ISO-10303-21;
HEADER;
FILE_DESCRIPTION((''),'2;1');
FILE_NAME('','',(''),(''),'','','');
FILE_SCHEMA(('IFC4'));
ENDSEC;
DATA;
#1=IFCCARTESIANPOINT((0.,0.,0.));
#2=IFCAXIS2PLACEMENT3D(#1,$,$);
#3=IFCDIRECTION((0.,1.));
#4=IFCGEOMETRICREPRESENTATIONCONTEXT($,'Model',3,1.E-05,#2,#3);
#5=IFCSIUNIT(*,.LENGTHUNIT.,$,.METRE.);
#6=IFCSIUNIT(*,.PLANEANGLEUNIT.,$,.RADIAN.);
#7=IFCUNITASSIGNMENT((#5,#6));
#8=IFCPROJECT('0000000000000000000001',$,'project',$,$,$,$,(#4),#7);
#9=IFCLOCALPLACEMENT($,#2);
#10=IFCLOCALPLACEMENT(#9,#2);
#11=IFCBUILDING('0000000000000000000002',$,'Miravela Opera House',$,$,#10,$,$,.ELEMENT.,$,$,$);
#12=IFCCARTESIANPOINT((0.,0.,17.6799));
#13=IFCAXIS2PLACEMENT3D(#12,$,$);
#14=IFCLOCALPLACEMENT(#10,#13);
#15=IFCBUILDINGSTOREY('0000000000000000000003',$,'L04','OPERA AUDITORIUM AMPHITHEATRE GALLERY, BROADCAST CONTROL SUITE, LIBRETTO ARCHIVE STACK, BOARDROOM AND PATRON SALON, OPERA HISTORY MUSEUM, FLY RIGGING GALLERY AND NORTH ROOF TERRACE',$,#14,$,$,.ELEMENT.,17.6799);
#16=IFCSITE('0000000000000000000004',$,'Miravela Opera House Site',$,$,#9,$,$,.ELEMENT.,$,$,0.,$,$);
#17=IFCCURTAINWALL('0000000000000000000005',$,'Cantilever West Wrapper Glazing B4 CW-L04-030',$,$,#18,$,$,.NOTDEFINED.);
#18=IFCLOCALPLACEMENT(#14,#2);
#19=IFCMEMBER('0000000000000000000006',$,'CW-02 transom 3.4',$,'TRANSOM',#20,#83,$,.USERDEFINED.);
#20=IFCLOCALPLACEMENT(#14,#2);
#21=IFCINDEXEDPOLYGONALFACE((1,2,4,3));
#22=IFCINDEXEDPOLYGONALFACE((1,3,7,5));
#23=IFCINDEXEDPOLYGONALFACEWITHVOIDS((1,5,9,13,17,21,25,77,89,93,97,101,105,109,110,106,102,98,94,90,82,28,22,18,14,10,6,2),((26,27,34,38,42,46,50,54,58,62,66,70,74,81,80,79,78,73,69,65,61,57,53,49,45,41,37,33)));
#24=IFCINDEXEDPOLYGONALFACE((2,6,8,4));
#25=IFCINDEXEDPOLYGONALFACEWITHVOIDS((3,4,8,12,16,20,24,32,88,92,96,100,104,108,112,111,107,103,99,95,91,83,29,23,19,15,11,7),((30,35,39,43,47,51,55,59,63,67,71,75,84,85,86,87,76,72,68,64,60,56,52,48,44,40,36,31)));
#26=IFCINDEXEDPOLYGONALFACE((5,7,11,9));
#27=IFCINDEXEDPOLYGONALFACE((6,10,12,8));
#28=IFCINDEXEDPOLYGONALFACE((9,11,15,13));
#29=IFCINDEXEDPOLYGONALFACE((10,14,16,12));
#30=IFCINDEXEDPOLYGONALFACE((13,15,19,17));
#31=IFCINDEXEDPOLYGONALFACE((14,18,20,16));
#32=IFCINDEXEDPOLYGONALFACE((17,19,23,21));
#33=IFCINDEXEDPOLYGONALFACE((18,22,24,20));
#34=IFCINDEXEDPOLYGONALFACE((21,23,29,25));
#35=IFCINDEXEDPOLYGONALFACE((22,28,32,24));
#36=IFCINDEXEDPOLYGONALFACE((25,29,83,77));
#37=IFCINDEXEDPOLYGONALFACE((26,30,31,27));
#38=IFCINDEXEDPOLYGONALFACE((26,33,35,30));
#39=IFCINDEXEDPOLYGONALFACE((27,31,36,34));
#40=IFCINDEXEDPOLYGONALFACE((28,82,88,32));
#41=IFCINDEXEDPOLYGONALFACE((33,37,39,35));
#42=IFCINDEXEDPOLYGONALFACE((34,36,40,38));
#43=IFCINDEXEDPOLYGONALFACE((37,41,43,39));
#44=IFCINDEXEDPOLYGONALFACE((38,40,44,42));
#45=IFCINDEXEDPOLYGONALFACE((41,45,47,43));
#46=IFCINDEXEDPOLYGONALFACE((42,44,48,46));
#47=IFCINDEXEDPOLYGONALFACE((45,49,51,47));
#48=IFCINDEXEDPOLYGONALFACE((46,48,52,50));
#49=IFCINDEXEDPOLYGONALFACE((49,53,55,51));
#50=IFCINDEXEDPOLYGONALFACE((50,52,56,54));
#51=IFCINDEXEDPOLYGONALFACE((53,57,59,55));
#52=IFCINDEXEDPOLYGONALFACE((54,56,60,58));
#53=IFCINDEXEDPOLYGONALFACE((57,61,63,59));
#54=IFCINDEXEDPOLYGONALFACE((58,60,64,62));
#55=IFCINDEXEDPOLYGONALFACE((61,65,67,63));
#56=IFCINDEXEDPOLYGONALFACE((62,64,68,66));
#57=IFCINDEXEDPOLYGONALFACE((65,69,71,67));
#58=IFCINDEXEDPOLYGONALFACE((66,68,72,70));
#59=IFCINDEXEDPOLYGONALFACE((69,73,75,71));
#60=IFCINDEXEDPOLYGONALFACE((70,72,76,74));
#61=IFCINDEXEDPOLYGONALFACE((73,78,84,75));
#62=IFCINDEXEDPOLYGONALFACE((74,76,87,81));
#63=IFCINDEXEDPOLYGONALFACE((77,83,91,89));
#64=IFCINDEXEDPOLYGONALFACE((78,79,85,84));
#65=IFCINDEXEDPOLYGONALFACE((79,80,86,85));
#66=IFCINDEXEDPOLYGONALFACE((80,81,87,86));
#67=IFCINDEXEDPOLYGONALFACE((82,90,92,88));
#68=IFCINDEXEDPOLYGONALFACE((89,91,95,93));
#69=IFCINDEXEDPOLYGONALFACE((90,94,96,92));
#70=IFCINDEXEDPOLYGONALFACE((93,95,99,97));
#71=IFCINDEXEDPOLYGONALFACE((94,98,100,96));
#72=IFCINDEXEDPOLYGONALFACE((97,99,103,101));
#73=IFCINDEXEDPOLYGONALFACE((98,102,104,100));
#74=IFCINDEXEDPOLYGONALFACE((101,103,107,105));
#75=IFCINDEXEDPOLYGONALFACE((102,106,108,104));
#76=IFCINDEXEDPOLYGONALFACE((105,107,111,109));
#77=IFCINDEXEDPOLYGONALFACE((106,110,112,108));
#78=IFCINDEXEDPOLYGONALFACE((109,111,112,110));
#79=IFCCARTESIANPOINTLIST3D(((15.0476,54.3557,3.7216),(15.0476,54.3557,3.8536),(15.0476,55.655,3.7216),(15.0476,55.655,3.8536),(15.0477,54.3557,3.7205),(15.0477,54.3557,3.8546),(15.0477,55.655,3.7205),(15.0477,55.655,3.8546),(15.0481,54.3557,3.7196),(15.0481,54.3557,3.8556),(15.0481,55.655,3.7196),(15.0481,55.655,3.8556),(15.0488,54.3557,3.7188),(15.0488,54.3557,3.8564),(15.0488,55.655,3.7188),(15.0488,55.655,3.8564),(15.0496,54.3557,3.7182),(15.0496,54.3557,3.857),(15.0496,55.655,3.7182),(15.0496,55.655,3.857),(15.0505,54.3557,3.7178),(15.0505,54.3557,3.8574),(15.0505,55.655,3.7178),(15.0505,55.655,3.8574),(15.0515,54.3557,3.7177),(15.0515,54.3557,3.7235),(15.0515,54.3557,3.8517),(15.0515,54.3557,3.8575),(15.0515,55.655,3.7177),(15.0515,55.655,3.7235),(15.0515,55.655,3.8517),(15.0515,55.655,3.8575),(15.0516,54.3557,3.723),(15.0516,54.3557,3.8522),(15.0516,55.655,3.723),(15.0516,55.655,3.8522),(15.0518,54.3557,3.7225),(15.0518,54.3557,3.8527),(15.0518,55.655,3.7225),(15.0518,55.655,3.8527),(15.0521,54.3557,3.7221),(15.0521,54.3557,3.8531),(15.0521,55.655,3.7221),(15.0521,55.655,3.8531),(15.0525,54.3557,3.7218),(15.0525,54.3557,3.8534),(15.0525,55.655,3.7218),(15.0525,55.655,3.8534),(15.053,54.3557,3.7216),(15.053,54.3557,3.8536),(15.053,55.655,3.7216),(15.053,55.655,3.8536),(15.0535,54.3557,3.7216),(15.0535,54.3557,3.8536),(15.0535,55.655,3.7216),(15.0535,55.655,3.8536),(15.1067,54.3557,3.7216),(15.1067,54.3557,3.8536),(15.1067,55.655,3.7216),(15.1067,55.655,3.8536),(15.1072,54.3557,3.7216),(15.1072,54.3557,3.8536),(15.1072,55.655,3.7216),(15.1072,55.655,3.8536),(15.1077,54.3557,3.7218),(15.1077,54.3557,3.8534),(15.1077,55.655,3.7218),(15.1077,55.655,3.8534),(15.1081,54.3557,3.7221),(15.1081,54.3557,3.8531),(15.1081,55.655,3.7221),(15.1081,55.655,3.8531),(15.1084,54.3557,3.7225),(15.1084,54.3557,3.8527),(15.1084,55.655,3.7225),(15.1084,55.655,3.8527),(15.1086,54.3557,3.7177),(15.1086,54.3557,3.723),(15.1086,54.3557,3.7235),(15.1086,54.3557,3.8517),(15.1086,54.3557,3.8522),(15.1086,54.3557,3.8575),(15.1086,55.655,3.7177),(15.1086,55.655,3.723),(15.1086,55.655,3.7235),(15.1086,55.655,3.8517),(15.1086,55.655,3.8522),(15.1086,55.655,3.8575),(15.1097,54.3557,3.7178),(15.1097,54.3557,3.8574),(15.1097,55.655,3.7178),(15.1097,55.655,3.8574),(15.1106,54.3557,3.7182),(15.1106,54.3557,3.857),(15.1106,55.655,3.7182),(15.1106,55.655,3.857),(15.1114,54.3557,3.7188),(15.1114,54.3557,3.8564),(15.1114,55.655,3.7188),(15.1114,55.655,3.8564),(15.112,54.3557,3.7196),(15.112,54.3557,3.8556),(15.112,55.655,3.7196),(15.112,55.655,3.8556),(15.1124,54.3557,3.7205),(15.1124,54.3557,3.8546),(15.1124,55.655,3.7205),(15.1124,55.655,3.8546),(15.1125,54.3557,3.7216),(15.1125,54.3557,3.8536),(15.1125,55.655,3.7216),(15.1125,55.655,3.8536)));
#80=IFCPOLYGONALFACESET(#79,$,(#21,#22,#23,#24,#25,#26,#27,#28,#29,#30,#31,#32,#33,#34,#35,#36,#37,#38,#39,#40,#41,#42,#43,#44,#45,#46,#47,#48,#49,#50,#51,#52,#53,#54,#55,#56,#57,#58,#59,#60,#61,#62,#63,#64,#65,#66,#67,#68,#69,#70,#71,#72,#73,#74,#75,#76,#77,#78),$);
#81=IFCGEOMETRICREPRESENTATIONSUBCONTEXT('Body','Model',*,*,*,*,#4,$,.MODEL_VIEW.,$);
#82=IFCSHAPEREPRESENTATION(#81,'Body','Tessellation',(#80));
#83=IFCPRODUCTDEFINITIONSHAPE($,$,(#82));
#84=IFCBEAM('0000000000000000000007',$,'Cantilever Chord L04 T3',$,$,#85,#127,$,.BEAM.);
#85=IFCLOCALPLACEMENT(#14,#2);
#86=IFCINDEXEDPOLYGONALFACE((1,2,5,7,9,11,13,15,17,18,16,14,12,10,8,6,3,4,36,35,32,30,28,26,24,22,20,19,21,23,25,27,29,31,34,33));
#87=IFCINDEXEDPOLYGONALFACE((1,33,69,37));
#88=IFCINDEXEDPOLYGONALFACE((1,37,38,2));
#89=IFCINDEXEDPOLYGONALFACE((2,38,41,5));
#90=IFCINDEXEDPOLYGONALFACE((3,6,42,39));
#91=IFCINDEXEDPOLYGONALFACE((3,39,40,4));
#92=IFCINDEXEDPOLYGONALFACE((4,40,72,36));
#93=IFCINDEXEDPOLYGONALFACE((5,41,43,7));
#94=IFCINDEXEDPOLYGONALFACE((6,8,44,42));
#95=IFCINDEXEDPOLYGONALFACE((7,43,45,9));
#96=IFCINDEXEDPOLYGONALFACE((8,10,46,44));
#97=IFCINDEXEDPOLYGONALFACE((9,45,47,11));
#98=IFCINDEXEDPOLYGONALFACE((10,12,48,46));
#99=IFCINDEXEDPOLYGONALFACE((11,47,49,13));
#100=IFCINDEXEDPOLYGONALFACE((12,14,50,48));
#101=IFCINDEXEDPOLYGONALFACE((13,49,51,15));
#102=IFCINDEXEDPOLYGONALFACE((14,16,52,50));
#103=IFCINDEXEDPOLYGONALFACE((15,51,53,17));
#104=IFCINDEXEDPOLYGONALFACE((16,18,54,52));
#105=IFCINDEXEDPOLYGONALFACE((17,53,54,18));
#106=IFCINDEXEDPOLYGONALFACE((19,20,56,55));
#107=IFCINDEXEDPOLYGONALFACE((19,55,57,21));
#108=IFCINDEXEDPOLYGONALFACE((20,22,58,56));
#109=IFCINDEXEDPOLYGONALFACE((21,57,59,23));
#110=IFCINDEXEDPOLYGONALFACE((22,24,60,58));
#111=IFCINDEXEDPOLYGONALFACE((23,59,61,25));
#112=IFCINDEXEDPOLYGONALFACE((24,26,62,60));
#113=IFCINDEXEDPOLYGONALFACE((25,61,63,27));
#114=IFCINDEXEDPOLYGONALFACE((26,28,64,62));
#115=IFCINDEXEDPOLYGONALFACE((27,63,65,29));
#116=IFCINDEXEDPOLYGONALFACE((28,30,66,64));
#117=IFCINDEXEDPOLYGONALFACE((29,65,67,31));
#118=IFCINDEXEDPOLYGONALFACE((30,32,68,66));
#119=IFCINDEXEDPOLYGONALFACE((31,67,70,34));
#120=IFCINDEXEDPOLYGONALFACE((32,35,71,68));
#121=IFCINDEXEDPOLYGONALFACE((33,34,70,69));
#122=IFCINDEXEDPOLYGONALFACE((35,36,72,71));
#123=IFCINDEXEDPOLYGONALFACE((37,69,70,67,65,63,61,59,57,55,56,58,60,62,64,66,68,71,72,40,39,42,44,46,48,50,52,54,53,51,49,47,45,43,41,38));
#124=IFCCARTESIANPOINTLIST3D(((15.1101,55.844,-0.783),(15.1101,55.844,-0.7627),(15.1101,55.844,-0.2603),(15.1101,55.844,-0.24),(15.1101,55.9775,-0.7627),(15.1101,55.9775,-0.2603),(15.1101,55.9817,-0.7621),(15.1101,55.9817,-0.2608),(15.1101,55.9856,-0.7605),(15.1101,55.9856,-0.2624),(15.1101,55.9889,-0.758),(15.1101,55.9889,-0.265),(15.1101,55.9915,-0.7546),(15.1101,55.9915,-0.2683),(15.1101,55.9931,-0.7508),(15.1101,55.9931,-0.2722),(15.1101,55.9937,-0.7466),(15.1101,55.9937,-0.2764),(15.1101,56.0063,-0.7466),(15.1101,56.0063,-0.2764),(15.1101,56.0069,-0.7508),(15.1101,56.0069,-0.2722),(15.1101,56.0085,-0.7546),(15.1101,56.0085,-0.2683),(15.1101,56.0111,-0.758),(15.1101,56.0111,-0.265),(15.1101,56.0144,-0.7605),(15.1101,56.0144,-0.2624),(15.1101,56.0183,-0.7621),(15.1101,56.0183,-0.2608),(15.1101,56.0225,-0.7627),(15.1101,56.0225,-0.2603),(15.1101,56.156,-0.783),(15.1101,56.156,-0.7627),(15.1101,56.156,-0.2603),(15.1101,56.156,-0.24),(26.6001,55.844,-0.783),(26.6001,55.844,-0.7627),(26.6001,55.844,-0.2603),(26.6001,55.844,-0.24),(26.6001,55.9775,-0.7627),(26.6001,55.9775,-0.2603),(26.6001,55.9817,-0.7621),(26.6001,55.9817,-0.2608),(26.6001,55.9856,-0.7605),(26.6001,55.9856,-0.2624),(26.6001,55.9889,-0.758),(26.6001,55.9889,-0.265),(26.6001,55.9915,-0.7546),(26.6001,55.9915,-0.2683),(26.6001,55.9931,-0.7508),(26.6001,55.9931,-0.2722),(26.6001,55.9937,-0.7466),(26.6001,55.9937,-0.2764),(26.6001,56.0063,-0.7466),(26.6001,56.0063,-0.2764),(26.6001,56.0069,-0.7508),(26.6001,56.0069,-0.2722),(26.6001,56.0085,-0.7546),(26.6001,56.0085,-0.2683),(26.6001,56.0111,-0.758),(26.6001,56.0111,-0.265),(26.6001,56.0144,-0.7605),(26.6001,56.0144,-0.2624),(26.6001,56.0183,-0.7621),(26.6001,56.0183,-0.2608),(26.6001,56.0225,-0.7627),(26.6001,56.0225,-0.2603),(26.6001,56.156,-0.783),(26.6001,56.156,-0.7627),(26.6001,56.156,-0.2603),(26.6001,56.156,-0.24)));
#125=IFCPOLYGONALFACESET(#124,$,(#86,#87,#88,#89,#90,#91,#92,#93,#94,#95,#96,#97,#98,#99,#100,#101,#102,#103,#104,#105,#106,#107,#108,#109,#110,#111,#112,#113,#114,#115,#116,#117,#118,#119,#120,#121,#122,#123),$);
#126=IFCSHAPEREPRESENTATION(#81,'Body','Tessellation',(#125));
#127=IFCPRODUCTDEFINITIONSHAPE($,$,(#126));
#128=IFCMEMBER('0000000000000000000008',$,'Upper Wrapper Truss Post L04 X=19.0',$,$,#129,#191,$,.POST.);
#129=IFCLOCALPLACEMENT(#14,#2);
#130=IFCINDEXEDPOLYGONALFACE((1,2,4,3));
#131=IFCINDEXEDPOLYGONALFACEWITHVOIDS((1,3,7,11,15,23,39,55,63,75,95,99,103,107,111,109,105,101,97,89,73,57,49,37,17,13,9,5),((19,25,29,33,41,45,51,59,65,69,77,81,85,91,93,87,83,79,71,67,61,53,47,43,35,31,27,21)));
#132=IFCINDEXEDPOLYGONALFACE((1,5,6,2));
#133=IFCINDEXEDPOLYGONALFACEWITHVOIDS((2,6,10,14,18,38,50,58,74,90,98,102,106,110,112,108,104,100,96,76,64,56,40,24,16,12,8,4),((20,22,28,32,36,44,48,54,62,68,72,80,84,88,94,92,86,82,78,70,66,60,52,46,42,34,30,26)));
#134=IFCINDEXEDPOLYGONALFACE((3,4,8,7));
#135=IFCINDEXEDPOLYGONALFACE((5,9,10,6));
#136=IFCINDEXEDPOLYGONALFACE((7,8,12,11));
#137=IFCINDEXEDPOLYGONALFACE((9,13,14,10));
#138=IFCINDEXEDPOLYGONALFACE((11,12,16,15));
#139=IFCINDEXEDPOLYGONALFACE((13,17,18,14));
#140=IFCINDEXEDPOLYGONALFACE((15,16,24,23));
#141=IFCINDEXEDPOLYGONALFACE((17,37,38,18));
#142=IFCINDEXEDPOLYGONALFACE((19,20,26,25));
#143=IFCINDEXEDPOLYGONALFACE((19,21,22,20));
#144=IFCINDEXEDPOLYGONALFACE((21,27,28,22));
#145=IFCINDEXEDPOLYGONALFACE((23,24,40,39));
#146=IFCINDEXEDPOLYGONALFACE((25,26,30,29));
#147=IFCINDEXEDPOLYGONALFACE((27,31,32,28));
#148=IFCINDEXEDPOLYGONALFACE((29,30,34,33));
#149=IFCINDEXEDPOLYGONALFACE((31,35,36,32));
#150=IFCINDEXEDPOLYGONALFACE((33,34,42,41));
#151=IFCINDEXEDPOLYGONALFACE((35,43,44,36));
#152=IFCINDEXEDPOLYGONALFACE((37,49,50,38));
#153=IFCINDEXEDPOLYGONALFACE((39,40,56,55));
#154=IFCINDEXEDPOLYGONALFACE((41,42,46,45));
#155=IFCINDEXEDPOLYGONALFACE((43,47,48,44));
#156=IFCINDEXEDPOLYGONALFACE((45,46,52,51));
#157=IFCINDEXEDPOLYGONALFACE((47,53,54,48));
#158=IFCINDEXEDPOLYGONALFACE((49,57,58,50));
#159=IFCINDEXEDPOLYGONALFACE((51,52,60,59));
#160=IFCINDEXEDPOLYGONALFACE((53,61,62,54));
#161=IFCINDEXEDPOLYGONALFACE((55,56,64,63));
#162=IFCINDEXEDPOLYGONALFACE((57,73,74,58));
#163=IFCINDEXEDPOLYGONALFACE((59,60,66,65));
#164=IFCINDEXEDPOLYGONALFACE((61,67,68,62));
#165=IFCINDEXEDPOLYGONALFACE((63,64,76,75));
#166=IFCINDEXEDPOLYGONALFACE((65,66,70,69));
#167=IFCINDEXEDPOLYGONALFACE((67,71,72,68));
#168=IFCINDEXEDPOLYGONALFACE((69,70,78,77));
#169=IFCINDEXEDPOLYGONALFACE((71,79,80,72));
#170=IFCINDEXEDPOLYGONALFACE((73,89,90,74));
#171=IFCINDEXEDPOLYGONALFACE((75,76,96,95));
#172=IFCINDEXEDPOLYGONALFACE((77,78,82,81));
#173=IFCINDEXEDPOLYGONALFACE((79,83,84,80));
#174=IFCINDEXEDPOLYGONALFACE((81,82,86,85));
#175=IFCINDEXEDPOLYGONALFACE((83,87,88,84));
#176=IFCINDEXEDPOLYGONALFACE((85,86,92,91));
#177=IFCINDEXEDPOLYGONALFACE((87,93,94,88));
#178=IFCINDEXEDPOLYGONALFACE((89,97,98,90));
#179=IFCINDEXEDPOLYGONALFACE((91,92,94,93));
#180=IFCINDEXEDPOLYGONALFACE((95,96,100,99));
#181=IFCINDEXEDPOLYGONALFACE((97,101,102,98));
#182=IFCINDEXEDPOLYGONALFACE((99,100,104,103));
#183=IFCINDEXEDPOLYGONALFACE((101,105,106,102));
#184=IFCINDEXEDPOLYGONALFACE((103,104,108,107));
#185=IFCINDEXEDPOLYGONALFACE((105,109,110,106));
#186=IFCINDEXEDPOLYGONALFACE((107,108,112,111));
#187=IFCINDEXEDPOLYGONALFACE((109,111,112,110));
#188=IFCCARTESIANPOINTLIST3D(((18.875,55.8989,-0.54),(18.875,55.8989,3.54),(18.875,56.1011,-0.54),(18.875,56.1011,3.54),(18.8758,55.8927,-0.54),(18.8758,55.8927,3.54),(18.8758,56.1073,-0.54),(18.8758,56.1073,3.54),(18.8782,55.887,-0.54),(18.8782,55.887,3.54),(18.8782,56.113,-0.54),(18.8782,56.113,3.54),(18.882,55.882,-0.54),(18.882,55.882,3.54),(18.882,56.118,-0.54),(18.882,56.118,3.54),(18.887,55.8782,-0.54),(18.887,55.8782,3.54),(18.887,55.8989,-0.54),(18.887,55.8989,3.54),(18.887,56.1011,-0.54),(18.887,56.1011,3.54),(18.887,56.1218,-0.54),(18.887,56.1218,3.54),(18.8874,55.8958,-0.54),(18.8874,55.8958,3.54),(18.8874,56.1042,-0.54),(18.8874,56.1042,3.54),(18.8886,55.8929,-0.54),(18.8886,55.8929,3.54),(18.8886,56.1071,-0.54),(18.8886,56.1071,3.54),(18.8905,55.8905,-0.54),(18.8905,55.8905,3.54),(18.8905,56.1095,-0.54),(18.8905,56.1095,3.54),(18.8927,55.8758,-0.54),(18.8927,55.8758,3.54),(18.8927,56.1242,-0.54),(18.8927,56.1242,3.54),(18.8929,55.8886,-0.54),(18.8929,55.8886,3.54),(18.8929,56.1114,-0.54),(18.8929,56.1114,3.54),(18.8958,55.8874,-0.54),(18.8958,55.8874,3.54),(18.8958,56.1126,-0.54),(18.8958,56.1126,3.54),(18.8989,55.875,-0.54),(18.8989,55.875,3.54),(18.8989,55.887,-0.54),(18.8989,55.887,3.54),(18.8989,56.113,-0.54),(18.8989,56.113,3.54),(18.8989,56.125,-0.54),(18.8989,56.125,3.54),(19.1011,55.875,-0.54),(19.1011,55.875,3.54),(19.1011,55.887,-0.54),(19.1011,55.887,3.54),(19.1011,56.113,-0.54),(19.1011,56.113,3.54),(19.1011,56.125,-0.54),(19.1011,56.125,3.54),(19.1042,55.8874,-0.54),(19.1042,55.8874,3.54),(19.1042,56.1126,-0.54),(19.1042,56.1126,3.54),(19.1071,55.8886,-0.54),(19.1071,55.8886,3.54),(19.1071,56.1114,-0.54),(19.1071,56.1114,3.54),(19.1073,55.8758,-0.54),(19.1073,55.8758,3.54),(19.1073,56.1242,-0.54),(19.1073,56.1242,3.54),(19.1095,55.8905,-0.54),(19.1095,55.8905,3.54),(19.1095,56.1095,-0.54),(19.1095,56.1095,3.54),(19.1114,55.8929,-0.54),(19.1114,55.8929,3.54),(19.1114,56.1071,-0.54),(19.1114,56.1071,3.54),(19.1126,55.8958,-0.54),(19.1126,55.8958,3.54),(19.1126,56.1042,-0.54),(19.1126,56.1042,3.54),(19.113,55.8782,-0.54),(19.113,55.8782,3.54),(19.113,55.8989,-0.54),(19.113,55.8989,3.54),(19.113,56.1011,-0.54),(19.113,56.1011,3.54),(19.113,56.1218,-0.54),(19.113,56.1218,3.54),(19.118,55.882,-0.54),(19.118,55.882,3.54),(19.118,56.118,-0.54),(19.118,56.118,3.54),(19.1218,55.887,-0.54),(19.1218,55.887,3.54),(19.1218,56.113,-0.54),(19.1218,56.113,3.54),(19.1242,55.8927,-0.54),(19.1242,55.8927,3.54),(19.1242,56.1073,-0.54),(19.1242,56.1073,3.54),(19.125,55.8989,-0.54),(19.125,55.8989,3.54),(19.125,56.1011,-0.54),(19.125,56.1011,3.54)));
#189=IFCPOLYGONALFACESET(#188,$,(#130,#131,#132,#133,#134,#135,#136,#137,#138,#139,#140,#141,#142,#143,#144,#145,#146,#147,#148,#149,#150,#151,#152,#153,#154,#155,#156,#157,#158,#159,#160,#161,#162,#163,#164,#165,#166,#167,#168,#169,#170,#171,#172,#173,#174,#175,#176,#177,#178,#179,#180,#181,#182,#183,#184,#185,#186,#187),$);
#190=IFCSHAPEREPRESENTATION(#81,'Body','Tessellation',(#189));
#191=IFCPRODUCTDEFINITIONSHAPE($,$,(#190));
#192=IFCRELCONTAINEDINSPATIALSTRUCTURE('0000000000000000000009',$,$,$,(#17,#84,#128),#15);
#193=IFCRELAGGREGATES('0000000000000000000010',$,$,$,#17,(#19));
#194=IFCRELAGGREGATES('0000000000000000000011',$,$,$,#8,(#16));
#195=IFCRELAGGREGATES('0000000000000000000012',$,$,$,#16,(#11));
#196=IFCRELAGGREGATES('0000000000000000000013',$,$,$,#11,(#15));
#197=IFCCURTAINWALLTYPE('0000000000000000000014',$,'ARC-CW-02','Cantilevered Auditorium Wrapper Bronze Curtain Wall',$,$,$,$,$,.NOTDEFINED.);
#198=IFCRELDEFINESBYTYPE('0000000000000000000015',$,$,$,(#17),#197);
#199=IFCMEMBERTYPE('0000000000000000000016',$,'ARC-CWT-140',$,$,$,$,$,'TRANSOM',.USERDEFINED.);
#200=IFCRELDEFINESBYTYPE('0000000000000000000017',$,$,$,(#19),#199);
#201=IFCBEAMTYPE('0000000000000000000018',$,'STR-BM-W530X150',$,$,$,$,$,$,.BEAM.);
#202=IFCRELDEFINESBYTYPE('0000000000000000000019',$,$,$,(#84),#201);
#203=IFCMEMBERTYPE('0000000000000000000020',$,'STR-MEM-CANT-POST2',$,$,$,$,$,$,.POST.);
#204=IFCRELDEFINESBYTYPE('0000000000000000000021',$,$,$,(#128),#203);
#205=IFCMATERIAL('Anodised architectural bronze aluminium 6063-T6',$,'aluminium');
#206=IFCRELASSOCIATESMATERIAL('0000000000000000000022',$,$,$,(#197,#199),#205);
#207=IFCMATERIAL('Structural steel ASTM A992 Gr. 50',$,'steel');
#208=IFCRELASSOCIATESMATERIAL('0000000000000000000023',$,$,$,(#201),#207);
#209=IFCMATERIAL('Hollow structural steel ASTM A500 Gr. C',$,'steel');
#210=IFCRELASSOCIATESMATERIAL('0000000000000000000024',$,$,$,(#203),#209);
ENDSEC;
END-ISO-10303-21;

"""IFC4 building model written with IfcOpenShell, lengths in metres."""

from ifc_helpers import new_model, si_unit, direction, frame, origin, origin_2d, place, context, subcontext, project, spatial, hollow_rectangle, i_section, extrude, material, material_profile, profile_set, type_object, element, aggregate, save


model = new_model("IFC4")

# Units and contexts
model_context = context("Model", 3, precision=1e-05, world=origin(), true_north=direction((0.0, 1.0)))
body_context = subcontext(model_context, "Body", "Model", "MODEL_VIEW")
ifc_project = project(units=[si_unit("LENGTHUNIT", "METRE"), si_unit("PLANEANGLEUNIT", "RADIAN")], contexts=[model_context])

# Site, building, storey
site_placement = place(None, origin())
site = spatial("IfcSite", under=ifc_project, at=site_placement, Name="Miravela Opera House Site", CompositionType="ELEMENT", RefElevation=0.0)
building_placement = place(site_placement, origin())
building = spatial("IfcBuilding", under=site, at=building_placement, Name="Miravela Opera House", CompositionType="ELEMENT")
storey_placement = place(building_placement, frame((0.0, 0.0, 17.6799)))
storey = spatial("IfcBuildingStorey", under=building, at=storey_placement, Name="L04", Description="OPERA AUDITORIUM AMPHITHEATRE GALLERY, BROADCAST CONTROL SUITE, LIBRETTO ARCHIVE STACK, BOARDROOM AND PATRON SALON, OPERA HISTORY MUSEUM, FLY RIGGING GALLERY AND NORTH ROOF TERRACE", CompositionType="ELEMENT", Elevation=17.6799)

# Curtain wall, member
ifc_material_1 = material(Name="Anodised architectural bronze aluminium 6063-T6", Category="aluminium")
curtain_wall_type = type_object("IfcCurtainWallType", Name="ARC-CW-02", Description="Cantilevered Auditorium Wrapper Bronze Curtain Wall", PredefinedType="NOTDEFINED", material=ifc_material_1)
curtain_wall_placement = place(storey_placement, origin())
curtain_wall = element("IfcCurtainWall", 1, at=curtain_wall_placement, inside=storey, type_object=curtain_wall_type, Name="Cantilever West Wrapper Glazing B4 CW-L04-030", PredefinedType="NOTDEFINED")
ifc_material_profile_1 = material_profile(ifc_material_1, hollow_rectangle(XDim=0.0649, YDim=0.1399, WallThickness=0.0039, InnerFilletRadius=0.002, OuterFilletRadius=0.0039, at=origin_2d()), Name="CWT-65X140")
ifc_profile_set_1 = profile_set([ifc_material_profile_1])
member_type_1 = type_object("IfcMemberType", Name="ARC-CWT-140", ElementType="TRANSOM", PredefinedType="USERDEFINED", material=ifc_profile_set_1)
member_1_placement = place(storey_placement, frame((15.0801, 54.3557, 3.7876), z_axis=(0.0, 1.0, 0.0), x_axis=(-1.0, 0.0, 0.0)))
member_1 = element("IfcMember", 2, at=member_1_placement, type_object=member_type_1, Name="CW-02 transom 3.4", ObjectType="TRANSOM", PredefinedType="USERDEFINED", context=body_context, shape_type="SweptSolid", body=[
    extrude(hollow_rectangle(XDim=0.0649, YDim=0.1399, WallThickness=0.0039, InnerFilletRadius=0.002, OuterFilletRadius=0.0039, at=origin_2d()), origin(), (0.0, 0.0, 1.0), 1.2993),
])

# Beam
ifc_material_2 = material(Name="Structural steel ASTM A992 Gr. 50", Category="steel")
ifc_material_profile_2 = material_profile(ifc_material_2, i_section(OverallWidth=0.312, OverallDepth=0.543, WebThickness=0.0127, FlangeThickness=0.0203, FilletRadius=0.0161, at=origin_2d()), Name="W530X150")
ifc_profile_set_2 = profile_set([ifc_material_profile_2])
beam_type = type_object("IfcBeamType", Name="STR-BM-W530X150", PredefinedType="BEAM", material=ifc_profile_set_2)
beam_placement = place(storey_placement, frame((15.1101, 56.0, -0.5115), z_axis=(1.0, 0.0, 0.0), x_axis=(0.0, 1.0, 0.0)))
element("IfcBeam", 3, at=beam_placement, inside=storey, type_object=beam_type, Name="Cantilever Chord L04 T3", PredefinedType="BEAM", context=body_context, shape_type="SweptSolid", body=[
    extrude(i_section(OverallWidth=0.312, OverallDepth=0.543, WebThickness=0.0127, FlangeThickness=0.0203, FilletRadius=0.0161, at=origin_2d()), origin(), (0.0, 0.0, 1.0), 11.49),
])

# Member
ifc_material_3 = material(Name="Hollow structural steel ASTM A500 Gr. C", Category="steel")
ifc_material_profile_3 = material_profile(ifc_material_3, hollow_rectangle(XDim=0.25, YDim=0.25, WallThickness=0.012, InnerFilletRadius=0.012, OuterFilletRadius=0.0239, at=origin_2d()), Name="HSS250X250X12")
ifc_profile_set_3 = profile_set([ifc_material_profile_3])
member_type_2 = type_object("IfcMemberType", Name="STR-MEM-CANT-POST2", PredefinedType="POST", material=ifc_profile_set_3)
member_2_placement = place(storey_placement, frame((19.0, 56.0, -0.54), z_axis=(0.0, 0.0, 1.0), x_axis=(1.0, 0.0, 0.0)))
element("IfcMember", 4, at=member_2_placement, inside=storey, type_object=member_type_2, Name="Upper Wrapper Truss Post L04 X=19.0", PredefinedType="POST", context=body_context, shape_type="SweptSolid", body=[
    extrude(hollow_rectangle(XDim=0.25, YDim=0.25, WallThickness=0.012, InnerFilletRadius=0.012, OuterFilletRadius=0.0239, at=origin_2d()), origin(), (0.0, 0.0, 1.0), 4.0801),
])

aggregate(curtain_wall, [member_1])

save(model, "model.ifc")
